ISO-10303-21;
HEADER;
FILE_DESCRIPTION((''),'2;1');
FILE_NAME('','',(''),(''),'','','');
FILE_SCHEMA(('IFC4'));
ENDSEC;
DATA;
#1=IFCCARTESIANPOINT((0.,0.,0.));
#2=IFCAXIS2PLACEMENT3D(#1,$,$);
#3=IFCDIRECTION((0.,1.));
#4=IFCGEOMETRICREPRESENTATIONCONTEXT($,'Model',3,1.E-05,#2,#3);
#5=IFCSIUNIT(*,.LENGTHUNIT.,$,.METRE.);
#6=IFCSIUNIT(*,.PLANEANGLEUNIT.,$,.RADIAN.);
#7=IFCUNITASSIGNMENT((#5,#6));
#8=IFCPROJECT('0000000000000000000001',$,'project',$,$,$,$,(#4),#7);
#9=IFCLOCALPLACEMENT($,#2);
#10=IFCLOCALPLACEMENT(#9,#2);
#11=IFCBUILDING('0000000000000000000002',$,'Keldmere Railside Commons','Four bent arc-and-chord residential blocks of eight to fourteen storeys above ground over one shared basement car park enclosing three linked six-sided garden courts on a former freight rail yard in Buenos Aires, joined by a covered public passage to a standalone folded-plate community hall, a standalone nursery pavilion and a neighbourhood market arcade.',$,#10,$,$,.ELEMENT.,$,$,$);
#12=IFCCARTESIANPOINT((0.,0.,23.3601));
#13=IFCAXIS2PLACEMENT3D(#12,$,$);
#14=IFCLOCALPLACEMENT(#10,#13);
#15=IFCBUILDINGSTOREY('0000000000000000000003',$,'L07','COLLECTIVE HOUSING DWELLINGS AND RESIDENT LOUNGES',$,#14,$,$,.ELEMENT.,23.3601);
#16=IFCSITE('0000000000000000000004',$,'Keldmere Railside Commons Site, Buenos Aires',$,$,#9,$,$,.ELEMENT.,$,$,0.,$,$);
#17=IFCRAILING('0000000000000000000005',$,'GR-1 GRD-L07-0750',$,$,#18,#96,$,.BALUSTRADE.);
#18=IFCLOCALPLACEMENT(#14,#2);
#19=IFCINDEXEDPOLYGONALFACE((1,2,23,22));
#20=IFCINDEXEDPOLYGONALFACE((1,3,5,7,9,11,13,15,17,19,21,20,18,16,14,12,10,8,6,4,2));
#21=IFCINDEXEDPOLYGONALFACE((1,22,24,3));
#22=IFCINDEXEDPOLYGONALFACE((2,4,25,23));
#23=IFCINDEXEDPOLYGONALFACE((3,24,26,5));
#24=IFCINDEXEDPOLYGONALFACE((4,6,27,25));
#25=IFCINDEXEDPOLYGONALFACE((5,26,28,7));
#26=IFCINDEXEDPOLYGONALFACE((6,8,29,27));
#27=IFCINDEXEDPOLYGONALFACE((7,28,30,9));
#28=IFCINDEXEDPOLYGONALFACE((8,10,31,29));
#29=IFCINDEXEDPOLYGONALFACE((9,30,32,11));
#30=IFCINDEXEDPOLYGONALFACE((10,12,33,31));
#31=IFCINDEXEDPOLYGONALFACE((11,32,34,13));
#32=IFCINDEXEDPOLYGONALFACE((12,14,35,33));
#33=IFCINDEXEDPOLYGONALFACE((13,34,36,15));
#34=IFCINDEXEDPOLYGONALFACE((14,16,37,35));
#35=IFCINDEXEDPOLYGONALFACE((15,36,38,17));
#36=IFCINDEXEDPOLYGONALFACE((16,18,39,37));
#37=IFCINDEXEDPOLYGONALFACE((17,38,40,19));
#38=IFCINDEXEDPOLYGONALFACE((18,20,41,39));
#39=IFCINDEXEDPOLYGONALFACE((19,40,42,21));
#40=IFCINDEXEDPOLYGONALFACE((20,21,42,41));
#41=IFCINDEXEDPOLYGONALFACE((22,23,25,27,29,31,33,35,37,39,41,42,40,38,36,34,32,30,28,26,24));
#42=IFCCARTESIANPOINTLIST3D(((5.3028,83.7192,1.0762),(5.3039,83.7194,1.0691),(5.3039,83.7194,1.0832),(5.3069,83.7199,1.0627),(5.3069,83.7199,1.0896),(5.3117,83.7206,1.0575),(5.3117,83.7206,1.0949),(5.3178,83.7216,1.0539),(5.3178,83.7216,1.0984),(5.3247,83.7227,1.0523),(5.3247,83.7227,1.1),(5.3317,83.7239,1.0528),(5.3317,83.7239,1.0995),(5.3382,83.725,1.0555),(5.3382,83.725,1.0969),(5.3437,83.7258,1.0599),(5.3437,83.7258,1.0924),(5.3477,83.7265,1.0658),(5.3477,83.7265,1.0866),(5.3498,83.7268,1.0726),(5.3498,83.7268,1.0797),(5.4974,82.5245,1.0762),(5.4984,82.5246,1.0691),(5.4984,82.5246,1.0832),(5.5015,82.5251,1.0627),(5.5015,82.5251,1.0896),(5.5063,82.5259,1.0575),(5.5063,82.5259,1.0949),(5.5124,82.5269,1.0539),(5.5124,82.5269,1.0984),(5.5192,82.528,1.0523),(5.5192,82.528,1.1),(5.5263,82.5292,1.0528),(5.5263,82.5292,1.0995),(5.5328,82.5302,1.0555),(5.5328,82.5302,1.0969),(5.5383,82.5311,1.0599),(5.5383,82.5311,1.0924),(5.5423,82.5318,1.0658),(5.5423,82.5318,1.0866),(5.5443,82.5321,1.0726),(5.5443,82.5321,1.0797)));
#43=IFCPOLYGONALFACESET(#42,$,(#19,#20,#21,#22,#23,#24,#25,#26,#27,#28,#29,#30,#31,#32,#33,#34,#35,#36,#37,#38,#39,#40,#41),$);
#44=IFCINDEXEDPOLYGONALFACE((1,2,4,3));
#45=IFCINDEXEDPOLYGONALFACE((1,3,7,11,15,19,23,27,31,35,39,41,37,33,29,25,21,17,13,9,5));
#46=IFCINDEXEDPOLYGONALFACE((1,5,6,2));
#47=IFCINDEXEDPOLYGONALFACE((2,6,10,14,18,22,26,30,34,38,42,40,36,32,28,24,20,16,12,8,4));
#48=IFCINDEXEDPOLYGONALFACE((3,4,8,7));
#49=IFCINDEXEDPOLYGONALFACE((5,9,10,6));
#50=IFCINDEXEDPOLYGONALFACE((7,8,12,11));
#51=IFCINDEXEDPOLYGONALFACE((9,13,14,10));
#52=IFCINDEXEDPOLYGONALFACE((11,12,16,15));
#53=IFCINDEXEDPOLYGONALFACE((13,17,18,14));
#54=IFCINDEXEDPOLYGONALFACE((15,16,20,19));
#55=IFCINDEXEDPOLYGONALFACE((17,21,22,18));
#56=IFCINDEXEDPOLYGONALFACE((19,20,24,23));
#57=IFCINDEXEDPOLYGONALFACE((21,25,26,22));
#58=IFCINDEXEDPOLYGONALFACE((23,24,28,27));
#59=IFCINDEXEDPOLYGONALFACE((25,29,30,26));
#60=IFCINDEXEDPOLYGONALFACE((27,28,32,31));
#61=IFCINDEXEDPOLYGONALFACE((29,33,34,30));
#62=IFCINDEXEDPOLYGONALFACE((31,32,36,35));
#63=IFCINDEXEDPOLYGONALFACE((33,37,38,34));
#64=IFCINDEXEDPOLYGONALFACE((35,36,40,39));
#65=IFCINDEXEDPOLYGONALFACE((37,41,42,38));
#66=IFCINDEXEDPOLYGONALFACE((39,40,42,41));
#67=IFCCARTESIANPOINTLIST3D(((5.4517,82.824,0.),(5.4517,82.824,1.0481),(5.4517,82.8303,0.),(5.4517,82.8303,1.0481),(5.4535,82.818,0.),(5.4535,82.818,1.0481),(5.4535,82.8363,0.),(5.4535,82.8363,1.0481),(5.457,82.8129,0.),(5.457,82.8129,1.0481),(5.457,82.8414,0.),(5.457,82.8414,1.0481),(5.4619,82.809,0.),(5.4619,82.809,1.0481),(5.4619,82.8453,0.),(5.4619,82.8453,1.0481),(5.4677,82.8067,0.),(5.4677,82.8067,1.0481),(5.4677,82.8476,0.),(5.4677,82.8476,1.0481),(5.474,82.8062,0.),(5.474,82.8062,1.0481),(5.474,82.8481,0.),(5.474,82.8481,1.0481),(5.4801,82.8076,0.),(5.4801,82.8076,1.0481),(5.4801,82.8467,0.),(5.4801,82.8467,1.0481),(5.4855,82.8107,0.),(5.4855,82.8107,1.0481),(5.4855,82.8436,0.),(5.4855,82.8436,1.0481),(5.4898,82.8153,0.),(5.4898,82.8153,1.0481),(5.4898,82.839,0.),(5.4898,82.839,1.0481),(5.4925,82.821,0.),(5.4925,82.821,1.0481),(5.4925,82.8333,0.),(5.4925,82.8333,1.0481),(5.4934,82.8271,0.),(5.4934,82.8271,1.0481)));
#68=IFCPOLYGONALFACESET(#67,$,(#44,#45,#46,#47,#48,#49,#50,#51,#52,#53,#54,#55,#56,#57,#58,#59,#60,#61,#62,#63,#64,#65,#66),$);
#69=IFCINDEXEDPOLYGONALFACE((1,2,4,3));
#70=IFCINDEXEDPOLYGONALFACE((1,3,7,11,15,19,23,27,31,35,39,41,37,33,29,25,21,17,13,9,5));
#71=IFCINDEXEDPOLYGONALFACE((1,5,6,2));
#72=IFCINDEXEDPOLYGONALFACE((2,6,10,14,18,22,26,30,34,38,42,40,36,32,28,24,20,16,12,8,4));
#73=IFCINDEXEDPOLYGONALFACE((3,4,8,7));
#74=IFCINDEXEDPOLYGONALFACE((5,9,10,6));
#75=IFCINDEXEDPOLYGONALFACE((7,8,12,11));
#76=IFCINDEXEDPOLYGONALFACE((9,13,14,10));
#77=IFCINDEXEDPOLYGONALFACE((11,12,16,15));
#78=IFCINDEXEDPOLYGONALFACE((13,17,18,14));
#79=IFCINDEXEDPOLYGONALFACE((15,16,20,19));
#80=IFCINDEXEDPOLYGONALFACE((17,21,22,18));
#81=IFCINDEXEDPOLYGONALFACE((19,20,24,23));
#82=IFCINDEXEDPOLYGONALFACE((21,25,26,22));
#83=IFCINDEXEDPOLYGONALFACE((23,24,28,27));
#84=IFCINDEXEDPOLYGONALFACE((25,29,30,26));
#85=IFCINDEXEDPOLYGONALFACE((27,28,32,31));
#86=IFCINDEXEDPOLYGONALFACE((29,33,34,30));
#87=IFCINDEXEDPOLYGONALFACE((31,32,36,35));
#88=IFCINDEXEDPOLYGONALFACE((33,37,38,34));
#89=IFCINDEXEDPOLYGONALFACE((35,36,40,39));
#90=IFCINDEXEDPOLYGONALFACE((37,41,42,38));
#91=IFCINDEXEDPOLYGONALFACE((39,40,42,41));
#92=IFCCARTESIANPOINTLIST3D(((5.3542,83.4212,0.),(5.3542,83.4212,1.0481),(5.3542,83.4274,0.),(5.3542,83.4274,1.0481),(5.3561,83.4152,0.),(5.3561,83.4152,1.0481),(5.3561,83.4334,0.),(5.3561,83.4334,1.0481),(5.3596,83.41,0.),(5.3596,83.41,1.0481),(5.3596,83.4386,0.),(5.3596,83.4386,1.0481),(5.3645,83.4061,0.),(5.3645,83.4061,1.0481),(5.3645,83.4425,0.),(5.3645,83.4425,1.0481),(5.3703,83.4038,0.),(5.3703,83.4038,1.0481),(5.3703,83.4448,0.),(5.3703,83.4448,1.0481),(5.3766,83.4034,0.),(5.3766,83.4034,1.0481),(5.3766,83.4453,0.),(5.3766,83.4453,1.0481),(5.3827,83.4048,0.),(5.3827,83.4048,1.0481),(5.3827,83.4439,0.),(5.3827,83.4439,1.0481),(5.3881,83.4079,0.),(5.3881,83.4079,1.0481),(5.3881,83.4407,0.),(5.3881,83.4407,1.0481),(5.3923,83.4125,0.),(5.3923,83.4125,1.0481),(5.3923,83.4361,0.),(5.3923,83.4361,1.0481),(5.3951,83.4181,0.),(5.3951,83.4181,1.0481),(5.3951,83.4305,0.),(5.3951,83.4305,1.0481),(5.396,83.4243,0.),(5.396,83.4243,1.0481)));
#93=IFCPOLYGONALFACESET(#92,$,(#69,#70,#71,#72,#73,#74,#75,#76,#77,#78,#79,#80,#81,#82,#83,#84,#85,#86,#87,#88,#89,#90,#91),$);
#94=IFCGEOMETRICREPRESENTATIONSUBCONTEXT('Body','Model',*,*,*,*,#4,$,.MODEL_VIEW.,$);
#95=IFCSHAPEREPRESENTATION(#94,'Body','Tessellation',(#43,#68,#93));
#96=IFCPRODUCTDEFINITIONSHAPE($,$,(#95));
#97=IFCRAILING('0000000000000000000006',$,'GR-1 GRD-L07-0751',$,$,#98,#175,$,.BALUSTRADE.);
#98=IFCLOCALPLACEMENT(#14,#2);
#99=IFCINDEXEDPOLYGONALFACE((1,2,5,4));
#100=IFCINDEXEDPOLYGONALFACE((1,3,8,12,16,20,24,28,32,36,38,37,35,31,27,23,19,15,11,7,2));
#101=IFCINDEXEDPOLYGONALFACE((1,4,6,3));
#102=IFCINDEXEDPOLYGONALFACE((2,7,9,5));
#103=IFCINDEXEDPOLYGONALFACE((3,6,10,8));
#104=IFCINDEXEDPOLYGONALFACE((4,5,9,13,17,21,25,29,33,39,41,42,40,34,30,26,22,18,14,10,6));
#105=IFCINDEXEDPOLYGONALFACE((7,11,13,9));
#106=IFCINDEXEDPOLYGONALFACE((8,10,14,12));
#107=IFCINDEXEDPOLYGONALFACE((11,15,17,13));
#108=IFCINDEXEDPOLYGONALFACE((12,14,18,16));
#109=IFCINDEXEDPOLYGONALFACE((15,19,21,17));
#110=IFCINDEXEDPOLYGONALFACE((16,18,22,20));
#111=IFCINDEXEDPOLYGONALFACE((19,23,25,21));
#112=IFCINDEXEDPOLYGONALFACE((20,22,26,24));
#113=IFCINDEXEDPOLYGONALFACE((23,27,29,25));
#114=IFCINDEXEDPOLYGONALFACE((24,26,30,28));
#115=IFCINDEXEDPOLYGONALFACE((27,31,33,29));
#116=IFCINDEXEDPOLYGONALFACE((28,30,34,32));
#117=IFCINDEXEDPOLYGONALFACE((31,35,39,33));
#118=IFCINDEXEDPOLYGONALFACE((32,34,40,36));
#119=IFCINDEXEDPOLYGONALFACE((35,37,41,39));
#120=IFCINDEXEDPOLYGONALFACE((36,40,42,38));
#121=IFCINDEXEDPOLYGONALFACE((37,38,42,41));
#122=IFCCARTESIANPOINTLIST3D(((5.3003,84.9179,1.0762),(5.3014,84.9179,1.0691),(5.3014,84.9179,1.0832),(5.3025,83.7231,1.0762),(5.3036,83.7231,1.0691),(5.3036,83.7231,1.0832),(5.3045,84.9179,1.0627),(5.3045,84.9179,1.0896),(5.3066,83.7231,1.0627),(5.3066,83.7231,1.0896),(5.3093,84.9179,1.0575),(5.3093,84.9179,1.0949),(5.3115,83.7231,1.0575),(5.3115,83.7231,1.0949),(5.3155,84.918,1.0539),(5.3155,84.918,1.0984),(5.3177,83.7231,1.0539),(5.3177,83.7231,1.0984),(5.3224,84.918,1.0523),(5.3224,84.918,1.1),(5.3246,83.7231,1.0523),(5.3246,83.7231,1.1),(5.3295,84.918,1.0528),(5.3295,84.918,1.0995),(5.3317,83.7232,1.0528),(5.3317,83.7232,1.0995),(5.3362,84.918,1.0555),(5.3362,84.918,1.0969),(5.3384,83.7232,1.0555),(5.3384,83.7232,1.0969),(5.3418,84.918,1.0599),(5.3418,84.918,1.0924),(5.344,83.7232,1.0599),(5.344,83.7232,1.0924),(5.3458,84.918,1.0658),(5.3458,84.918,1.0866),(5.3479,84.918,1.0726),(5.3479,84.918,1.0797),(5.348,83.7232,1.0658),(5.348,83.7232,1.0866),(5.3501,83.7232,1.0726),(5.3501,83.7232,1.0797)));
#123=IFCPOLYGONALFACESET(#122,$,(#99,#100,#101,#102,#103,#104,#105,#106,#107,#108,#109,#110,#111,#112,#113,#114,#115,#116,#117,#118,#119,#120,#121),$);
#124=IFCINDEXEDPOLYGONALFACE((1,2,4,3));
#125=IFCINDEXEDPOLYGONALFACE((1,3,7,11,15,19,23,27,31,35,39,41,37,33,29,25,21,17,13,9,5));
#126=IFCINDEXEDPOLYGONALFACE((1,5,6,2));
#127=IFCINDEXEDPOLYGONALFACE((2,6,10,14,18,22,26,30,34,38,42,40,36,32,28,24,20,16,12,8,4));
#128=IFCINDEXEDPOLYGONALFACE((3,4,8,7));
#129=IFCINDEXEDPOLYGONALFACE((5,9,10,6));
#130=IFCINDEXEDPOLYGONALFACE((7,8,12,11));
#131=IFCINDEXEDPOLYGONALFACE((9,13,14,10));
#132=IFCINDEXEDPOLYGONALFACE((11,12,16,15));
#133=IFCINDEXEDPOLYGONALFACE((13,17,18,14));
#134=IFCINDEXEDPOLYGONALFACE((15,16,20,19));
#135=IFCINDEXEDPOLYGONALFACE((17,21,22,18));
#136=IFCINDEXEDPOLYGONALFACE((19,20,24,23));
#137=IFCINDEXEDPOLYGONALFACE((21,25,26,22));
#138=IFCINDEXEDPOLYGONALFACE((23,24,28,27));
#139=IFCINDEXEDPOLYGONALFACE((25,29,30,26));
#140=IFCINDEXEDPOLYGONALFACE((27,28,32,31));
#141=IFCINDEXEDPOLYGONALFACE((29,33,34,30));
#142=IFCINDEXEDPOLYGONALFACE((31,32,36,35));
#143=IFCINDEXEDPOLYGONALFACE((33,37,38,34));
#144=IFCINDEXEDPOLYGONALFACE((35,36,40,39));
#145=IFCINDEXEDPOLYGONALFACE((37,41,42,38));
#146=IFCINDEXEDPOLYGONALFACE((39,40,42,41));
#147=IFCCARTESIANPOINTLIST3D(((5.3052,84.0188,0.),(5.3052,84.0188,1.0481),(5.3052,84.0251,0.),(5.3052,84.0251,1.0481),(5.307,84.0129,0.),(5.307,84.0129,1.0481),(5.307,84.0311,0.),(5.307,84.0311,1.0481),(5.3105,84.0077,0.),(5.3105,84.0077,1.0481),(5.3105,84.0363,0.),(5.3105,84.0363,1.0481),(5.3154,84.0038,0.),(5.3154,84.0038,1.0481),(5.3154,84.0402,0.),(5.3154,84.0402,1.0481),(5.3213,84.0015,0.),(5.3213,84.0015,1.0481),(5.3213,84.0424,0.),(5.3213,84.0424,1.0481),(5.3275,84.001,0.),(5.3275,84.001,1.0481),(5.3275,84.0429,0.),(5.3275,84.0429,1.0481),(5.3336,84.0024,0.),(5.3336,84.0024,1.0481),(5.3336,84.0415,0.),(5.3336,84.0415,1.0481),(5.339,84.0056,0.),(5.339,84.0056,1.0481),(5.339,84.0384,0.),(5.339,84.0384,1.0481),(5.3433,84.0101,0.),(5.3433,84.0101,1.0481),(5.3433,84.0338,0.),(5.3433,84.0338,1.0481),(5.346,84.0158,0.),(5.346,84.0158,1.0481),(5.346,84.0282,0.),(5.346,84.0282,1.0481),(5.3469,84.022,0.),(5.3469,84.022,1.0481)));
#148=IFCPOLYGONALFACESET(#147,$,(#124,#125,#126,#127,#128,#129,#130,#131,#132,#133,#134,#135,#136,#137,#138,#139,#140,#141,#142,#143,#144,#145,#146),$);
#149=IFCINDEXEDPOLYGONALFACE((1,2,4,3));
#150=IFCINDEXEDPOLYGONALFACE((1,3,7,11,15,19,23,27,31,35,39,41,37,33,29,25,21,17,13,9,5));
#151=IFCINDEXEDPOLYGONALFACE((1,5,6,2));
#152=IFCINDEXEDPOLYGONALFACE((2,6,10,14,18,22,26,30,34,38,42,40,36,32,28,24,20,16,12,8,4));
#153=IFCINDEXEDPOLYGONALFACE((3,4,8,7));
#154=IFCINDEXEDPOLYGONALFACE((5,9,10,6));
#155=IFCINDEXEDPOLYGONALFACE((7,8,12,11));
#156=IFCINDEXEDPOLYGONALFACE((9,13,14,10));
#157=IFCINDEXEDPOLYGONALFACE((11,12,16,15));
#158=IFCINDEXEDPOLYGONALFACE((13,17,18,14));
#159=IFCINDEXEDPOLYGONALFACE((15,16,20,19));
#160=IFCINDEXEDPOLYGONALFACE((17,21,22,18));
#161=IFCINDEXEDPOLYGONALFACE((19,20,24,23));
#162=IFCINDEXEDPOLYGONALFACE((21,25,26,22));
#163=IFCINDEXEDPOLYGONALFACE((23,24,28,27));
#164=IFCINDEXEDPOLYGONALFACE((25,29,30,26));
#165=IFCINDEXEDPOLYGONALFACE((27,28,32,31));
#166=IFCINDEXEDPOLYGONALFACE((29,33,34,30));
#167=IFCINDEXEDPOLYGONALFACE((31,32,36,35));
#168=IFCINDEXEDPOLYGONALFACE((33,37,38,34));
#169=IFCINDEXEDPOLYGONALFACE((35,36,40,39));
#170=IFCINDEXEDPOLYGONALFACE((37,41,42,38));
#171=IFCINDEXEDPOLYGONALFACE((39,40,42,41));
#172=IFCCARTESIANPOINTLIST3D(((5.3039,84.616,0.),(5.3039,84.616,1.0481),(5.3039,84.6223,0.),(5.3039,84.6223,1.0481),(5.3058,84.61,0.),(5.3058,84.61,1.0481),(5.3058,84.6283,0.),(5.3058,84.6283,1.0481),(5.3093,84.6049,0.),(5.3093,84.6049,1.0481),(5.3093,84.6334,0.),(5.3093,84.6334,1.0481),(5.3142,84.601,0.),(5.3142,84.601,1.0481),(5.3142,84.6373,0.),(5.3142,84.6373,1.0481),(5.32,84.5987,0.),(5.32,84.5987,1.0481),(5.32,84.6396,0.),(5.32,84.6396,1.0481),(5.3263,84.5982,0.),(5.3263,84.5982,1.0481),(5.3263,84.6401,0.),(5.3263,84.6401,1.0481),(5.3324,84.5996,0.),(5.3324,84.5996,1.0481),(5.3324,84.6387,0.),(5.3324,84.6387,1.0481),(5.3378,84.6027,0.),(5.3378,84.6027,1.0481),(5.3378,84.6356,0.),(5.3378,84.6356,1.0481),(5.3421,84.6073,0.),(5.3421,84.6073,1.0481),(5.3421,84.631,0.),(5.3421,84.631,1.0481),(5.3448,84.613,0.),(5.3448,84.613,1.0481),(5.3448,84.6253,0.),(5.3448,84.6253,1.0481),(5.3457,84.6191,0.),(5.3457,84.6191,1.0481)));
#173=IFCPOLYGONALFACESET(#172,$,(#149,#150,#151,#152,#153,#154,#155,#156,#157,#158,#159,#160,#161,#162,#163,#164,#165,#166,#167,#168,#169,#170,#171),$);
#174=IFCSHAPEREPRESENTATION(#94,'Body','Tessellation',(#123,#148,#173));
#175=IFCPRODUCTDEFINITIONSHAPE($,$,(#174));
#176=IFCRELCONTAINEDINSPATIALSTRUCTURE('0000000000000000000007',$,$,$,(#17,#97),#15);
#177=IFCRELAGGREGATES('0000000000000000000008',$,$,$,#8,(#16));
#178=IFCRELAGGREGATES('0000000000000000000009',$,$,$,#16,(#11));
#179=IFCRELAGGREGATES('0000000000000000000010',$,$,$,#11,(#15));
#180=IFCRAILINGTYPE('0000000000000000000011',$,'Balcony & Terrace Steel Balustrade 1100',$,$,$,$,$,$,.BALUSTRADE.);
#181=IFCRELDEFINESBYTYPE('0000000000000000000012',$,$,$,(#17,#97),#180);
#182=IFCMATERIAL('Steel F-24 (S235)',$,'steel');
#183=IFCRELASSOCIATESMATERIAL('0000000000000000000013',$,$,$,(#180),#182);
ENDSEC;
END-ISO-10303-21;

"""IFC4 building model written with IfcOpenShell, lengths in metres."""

from ifc_helpers import new_model, si_unit, direction, frame, origin, origin_2d, place, context, subcontext, project, spatial, circle, extrude, material, type_object, element, save


model = new_model("IFC4")

# Units and contexts
model_context = context("Model", 3, precision=1e-05, world=origin(), true_north=direction((0.0, 1.0)))
body_context = subcontext(model_context, "Body", "Model", "MODEL_VIEW")
ifc_project = project(units=[si_unit("LENGTHUNIT", "METRE"), si_unit("PLANEANGLEUNIT", "RADIAN")], contexts=[model_context])

# Site, building, storey
site_placement = place(None, origin())
site = spatial("IfcSite", under=ifc_project, at=site_placement, Name="Keldmere Railside Commons Site, Buenos Aires", CompositionType="ELEMENT", RefElevation=0.0)
building_placement = place(site_placement, origin())
building = spatial("IfcBuilding", under=site, at=building_placement, Name="Keldmere Railside Commons", Description="Four bent arc-and-chord residential blocks of eight to fourteen storeys above ground over one shared basement car park enclosing three linked six-sided garden courts on a former freight rail yard in Buenos Aires, joined by a covered public passage to a standalone folded-plate community hall, a standalone nursery pavilion and a neighbourhood market arcade.", CompositionType="ELEMENT")
storey_placement = place(building_placement, frame((0.0, 0.0, 23.3601)))
storey = spatial("IfcBuildingStorey", under=building, at=storey_placement, Name="L07", Description="COLLECTIVE HOUSING DWELLINGS AND RESIDENT LOUNGES", CompositionType="ELEMENT", Elevation=23.3601)

# Railings
ifc_material_1 = material(Name="Steel F-24 (S235)", Category="steel")
railing_type = type_object("IfcRailingType", Name="Balcony & Terrace Steel Balustrade 1100", PredefinedType="BALUSTRADE", material=ifc_material_1)
railing_1_placement = place(storey_placement, frame((5.521, 82.5283, 0.0)))
element("IfcRailing", 1, at=railing_1_placement, inside=storey, type_object=railing_type, Name="GR-1 GRD-L07-0750", PredefinedType="BALUSTRADE", context=body_context, shape_type="SweptSolid", body=[
    extrude(circle(Radius=0.0239, at=origin_2d()), frame((0.0, 0.0, 1.0762), z_axis=(-0.160735, 0.986998, 0.0), x_axis=(-0.986998, -0.160735, 0.0)), (0.0, 0.0, 1.0), 1.2104),
    extrude(circle(Radius=0.021, at=origin_2d()), frame((-0.0486, 0.2988, 0.0)), (0.0, 0.0, 1.0), 1.0481),
    extrude(circle(Radius=0.021, at=origin_2d()), frame((-0.146, 0.896, 0.0)), (0.0, 0.0, 1.0), 1.0481),
])
railing_2_placement = place(storey_placement, frame((5.3264, 83.7231, 0.0)))
element("IfcRailing", 2, at=railing_2_placement, inside=storey, type_object=railing_type, Name="GR-1 GRD-L07-0751", PredefinedType="BALUSTRADE", context=body_context, shape_type="SweptSolid", body=[
    extrude(circle(Radius=0.0239, at=origin_2d()), frame((0.0, 0.0, 1.0762), z_axis=(-0.001839, 0.999998, 0.0), x_axis=(-0.999998, -0.001839, 0.0)), (0.0, 0.0, 1.0), 1.1948),
    extrude(circle(Radius=0.021, at=origin_2d()), frame((-0.0005, 0.2988, 0.0)), (0.0, 0.0, 1.0), 1.0481),
    extrude(circle(Radius=0.021, at=origin_2d()), frame((-0.0017, 0.896, 0.0)), (0.0, 0.0, 1.0), 1.0481),
])

save(model, "model.ifc")
